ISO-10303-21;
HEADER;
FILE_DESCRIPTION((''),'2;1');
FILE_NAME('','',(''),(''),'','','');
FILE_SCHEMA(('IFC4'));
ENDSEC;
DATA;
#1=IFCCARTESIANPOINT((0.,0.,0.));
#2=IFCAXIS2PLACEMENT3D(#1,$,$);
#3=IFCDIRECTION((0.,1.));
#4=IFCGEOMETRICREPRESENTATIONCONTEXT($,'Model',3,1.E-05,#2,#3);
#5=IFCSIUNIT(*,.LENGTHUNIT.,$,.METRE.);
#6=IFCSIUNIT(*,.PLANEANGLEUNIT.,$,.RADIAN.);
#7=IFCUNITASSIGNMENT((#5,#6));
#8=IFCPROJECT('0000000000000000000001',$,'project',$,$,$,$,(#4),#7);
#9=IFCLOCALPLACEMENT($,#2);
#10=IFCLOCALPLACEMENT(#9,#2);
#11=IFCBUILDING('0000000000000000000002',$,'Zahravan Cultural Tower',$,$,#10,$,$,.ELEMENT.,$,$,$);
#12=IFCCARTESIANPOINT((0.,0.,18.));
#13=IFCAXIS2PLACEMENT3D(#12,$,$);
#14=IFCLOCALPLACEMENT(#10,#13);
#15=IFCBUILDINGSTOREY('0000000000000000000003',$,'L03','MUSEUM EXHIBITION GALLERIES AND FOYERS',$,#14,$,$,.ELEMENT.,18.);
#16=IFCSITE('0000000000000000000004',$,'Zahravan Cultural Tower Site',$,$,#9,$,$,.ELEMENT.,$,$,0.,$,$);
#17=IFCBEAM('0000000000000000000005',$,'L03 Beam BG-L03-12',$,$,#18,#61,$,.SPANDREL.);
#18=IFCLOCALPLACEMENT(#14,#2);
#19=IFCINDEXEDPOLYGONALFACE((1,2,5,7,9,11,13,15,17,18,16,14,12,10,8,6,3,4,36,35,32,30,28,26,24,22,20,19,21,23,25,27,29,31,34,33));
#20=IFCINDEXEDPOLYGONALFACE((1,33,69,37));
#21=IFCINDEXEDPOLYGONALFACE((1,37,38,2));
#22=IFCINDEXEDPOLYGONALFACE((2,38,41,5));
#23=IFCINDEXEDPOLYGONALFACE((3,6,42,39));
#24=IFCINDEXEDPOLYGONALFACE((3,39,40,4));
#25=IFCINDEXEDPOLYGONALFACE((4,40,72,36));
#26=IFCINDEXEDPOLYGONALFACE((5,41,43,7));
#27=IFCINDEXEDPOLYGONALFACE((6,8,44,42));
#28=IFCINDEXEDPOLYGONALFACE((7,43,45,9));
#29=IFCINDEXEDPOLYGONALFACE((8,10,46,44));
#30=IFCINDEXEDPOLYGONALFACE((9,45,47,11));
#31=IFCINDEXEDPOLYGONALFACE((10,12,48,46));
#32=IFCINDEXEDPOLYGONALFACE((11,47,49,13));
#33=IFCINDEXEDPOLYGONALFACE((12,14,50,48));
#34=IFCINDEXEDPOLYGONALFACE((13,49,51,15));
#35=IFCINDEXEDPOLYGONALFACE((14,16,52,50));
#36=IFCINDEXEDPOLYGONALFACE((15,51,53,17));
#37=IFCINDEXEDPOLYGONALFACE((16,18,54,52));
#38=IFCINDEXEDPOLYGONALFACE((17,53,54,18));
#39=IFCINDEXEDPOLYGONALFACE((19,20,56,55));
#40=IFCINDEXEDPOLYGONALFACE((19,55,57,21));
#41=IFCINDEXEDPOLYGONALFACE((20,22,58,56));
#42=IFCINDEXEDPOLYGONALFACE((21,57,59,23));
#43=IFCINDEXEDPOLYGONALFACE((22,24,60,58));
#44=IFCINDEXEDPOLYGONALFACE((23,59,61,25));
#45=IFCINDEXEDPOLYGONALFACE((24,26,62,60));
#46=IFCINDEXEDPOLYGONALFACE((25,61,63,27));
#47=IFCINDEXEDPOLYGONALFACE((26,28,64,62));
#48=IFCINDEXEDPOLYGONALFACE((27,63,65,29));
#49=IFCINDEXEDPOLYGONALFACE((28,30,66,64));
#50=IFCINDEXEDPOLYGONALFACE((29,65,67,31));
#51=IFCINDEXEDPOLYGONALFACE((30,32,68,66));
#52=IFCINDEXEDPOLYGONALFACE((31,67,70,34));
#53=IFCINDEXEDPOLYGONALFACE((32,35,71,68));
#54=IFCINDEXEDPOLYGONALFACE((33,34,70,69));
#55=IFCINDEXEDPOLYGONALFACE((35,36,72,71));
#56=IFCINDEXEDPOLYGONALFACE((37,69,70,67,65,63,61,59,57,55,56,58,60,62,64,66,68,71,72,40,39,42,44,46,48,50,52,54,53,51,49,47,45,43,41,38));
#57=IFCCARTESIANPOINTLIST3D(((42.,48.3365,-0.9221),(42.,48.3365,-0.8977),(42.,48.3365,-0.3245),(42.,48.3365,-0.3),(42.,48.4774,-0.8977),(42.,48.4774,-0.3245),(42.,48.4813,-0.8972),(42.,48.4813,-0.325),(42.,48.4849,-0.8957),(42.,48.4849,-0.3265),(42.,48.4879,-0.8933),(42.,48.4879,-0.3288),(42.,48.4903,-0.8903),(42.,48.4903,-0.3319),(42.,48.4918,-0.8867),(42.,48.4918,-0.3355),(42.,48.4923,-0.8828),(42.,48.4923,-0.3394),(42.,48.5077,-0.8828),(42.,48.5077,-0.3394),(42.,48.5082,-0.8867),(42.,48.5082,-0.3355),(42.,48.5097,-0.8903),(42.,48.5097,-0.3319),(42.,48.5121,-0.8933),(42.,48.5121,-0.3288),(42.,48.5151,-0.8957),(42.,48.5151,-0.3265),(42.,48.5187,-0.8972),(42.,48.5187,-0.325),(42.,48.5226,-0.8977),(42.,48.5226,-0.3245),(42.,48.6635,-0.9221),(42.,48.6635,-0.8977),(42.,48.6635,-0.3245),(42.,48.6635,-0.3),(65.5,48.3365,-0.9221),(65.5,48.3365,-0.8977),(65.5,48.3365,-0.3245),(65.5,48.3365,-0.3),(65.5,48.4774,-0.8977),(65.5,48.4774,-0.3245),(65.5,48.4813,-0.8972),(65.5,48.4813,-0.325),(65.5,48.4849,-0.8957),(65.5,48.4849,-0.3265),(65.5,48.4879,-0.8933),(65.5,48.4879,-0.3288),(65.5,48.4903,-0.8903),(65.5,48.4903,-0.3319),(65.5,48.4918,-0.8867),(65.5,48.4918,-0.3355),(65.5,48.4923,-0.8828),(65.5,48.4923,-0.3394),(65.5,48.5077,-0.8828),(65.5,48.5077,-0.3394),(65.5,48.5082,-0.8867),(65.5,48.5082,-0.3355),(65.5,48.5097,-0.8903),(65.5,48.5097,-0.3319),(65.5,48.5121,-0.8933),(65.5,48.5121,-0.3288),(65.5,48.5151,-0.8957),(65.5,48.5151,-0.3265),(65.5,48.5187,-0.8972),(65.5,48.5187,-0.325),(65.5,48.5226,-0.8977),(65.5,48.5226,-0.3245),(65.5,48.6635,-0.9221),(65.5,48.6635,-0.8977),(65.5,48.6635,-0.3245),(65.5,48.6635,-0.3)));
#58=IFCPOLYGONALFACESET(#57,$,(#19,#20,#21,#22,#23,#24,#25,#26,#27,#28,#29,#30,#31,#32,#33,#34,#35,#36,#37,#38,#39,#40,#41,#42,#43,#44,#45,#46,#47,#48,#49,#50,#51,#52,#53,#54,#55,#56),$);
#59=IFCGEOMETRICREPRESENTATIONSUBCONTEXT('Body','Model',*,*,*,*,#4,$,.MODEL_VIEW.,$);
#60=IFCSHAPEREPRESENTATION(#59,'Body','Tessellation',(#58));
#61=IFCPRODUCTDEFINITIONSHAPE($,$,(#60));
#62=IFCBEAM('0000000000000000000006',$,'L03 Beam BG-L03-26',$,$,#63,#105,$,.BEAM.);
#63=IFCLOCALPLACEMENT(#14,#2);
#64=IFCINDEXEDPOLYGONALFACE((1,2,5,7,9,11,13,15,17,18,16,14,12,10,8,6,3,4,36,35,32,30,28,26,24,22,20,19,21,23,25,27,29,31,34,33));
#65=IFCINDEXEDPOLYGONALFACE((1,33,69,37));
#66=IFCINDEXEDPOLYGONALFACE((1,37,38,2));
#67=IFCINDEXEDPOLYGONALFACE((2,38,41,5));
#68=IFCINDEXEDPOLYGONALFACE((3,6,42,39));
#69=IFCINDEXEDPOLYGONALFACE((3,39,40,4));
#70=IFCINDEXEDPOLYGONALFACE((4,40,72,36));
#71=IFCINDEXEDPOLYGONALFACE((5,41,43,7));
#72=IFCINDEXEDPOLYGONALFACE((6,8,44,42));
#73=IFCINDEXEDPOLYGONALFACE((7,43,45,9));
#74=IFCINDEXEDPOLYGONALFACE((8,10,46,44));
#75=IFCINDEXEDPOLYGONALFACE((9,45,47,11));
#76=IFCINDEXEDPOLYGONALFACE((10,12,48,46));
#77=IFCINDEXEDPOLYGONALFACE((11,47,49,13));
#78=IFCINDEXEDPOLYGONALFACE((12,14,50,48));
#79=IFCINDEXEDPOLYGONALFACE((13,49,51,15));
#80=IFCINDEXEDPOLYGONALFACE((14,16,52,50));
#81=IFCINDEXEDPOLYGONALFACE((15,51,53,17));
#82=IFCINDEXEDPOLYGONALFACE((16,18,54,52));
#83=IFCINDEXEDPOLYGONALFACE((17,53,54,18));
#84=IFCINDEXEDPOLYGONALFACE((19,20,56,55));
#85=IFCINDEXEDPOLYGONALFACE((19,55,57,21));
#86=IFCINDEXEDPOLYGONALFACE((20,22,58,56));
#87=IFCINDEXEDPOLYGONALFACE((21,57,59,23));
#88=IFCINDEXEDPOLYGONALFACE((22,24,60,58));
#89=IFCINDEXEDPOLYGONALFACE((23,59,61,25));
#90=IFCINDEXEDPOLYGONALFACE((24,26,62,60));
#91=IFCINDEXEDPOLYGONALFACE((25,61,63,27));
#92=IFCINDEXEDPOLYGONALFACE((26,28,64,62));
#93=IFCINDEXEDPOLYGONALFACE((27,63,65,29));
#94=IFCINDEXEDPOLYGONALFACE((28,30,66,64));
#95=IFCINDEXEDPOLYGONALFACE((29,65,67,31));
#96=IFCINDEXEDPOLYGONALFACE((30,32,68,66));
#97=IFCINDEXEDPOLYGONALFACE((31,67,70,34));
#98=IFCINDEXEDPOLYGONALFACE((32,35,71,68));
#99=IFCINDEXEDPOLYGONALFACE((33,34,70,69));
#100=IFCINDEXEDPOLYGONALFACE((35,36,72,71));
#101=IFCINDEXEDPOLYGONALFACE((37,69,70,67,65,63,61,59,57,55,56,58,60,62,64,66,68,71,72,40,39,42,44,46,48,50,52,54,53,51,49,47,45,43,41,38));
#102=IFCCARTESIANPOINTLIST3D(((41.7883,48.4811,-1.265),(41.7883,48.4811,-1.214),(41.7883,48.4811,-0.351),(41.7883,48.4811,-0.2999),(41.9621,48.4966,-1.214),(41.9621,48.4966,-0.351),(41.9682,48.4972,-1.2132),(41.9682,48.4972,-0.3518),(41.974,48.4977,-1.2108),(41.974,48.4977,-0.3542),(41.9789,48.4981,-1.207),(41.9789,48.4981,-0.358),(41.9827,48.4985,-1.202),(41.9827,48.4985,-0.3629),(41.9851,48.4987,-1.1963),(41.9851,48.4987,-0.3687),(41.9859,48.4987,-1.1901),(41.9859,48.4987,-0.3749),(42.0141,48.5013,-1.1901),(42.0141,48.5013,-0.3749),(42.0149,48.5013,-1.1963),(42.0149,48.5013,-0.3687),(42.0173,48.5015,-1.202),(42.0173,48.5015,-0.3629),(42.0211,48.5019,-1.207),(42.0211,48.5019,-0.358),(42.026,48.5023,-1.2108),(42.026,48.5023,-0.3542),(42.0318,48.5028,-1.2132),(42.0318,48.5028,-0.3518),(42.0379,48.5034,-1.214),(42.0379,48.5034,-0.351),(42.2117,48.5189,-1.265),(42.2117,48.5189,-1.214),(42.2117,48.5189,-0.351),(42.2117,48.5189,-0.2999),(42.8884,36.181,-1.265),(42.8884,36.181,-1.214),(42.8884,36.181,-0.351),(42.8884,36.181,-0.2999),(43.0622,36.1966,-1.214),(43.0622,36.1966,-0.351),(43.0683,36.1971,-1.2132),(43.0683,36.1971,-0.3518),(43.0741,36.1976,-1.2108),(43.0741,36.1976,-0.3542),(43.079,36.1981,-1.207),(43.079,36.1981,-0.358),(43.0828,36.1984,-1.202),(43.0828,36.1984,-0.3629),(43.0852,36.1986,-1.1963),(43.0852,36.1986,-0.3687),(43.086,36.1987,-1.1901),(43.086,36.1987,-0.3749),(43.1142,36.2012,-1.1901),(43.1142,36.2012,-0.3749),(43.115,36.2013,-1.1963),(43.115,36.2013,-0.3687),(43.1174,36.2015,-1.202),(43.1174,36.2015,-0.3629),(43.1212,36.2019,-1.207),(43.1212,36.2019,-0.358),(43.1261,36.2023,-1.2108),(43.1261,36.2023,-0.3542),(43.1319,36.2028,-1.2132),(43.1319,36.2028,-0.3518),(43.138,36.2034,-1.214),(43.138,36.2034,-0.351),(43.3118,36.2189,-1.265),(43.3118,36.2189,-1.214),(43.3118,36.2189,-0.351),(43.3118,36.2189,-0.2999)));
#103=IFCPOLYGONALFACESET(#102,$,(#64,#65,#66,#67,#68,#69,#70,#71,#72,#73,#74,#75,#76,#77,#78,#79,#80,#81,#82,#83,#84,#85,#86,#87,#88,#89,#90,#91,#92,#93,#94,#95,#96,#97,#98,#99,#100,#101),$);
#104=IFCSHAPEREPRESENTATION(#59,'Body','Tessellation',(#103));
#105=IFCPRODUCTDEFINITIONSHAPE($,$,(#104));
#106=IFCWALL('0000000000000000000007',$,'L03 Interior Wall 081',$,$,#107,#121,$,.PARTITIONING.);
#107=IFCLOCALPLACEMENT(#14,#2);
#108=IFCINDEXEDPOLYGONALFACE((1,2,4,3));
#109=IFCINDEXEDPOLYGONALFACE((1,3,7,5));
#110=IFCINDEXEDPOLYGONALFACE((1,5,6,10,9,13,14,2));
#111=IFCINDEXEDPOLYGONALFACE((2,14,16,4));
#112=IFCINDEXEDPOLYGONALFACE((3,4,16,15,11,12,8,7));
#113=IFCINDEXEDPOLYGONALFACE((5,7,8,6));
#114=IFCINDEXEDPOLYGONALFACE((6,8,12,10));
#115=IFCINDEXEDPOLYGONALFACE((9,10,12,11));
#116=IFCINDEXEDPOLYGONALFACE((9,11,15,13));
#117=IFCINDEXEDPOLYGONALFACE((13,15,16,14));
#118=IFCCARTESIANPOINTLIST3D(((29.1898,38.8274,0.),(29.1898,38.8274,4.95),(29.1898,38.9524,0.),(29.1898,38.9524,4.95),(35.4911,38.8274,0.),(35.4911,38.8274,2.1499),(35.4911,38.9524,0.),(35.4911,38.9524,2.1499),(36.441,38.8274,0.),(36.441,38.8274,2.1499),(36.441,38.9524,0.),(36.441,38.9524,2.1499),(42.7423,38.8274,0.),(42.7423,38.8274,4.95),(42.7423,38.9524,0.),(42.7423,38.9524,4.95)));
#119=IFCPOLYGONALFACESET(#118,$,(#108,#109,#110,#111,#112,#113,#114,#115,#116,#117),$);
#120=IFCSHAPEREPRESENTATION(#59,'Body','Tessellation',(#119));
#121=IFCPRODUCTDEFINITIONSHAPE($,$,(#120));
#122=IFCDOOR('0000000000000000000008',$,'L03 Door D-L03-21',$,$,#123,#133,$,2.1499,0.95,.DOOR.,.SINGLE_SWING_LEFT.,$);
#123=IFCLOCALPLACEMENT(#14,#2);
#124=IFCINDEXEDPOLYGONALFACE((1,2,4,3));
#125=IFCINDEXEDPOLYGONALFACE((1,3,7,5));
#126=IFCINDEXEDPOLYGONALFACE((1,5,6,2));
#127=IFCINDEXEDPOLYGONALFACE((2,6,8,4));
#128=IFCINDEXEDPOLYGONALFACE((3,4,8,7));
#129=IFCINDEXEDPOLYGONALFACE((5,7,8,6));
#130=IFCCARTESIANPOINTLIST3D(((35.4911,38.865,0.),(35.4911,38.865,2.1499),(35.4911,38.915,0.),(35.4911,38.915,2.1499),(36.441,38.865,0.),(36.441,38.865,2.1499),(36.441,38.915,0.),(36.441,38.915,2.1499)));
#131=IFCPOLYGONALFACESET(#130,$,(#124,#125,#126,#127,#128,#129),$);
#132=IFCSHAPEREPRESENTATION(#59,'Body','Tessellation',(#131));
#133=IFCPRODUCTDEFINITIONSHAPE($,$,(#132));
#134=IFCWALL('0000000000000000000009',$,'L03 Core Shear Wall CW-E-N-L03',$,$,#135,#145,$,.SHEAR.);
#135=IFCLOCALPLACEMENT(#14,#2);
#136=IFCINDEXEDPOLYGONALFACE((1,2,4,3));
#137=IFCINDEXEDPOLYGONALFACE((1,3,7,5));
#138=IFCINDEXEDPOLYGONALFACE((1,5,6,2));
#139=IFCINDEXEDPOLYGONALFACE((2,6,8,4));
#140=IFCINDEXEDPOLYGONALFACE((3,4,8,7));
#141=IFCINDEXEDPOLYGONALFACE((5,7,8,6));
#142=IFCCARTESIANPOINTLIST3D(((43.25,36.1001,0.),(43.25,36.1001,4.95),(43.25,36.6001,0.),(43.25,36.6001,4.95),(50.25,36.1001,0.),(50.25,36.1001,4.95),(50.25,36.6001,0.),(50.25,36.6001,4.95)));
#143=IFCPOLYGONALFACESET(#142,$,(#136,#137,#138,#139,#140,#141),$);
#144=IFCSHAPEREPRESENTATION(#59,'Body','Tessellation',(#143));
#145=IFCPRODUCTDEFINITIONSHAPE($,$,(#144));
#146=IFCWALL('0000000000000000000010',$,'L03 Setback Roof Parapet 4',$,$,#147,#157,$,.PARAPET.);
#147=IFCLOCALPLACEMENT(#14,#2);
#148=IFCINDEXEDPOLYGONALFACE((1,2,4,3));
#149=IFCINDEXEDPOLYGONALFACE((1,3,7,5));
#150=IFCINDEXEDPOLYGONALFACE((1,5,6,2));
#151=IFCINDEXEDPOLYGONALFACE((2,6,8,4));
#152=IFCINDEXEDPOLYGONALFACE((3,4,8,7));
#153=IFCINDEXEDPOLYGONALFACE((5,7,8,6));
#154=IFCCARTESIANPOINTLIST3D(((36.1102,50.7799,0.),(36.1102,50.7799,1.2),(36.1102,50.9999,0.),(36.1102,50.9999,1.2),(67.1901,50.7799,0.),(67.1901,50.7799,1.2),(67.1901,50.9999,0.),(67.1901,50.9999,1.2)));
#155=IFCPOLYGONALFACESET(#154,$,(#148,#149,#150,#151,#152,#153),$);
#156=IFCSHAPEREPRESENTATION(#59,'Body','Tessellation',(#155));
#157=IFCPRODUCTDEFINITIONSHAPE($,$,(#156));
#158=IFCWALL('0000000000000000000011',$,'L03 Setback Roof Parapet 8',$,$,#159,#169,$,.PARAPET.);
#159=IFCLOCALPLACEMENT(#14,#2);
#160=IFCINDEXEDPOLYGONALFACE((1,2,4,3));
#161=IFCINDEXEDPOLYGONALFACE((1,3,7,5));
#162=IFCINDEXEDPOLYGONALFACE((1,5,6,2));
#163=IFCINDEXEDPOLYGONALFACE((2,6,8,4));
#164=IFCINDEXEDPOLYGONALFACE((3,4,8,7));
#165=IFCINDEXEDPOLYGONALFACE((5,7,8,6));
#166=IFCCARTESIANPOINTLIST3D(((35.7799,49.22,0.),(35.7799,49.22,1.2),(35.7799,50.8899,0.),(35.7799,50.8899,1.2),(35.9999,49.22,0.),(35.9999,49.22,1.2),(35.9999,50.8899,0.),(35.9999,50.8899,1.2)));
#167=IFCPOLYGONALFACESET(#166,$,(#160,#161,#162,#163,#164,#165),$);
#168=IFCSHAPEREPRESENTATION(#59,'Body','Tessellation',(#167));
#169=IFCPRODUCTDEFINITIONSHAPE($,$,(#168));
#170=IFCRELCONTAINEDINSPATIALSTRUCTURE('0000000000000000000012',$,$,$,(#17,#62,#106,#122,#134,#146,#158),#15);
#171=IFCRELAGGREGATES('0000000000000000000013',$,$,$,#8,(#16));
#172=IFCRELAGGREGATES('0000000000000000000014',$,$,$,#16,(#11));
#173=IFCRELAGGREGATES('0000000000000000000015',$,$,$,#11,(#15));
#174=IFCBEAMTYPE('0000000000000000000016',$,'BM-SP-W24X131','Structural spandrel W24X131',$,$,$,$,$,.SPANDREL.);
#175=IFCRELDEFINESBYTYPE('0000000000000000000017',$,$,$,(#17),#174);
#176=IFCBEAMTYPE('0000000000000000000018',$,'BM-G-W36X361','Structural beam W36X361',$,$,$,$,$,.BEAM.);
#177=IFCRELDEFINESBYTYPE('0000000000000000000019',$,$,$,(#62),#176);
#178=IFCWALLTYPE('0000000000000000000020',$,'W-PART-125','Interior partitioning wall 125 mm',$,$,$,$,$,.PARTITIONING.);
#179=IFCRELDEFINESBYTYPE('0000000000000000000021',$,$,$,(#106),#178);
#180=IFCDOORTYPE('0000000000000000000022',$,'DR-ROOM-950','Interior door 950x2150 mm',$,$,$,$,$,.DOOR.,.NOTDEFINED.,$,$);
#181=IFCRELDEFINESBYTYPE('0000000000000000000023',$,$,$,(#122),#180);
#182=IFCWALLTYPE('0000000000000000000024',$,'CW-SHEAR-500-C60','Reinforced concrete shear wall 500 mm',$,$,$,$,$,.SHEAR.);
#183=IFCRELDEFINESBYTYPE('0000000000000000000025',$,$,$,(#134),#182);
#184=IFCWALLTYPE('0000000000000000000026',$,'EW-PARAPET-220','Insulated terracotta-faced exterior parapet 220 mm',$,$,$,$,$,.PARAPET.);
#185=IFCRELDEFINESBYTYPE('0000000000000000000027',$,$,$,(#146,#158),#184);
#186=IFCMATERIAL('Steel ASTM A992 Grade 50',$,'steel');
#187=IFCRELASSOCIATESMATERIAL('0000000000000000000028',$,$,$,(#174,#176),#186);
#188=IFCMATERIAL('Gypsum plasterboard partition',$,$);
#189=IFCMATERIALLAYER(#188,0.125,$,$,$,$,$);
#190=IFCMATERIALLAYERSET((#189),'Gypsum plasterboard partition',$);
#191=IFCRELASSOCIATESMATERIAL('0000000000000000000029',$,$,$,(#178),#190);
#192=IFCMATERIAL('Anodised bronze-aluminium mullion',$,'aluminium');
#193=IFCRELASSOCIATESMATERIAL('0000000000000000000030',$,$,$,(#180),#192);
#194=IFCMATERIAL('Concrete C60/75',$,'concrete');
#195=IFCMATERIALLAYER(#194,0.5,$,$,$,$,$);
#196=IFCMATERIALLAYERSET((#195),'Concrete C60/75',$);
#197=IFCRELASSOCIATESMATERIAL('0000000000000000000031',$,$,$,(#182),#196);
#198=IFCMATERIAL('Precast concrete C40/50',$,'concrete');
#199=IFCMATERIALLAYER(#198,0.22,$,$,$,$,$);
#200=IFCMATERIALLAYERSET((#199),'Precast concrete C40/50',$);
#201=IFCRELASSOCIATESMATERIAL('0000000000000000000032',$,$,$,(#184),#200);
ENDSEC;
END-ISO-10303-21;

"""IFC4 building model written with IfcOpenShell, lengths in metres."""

from ifc_helpers import new_model, si_unit, direction, frame, frame_2d, origin, origin_2d, place, context, subcontext, project, spatial, rectangle, i_section, extrude, source, transform, mapped, material, layer, layer_set, material_profile, profile_set, type_object, element, fill, save


model = new_model("IFC4")

# Units and contexts
model_context = context("Model", 3, precision=1e-05, world=origin(), true_north=direction((0.0, 1.0)))
body_context = subcontext(model_context, "Body", "Model", "MODEL_VIEW")
ifc_project = project(units=[si_unit("LENGTHUNIT", "METRE"), si_unit("PLANEANGLEUNIT", "RADIAN")], contexts=[model_context])

# Site, building, storey
site_placement = place(None, origin())
site = spatial("IfcSite", under=ifc_project, at=site_placement, Name="Zahravan Cultural Tower Site", CompositionType="ELEMENT", RefElevation=0.0)
building_placement = place(site_placement, origin())
building = spatial("IfcBuilding", under=site, at=building_placement, Name="Zahravan Cultural Tower", CompositionType="ELEMENT")
storey_placement = place(building_placement, frame((0.0, 0.0, 18.0)))
storey = spatial("IfcBuildingStorey", under=building, at=storey_placement, Name="L03", Description="MUSEUM EXHIBITION GALLERIES AND FOYERS", CompositionType="ELEMENT", Elevation=18.0)

# Shared definitions
ifc_material_1 = material(Name="Concrete C60/75", Category="concrete")

# Beams
ifc_material_2 = material(Name="Steel ASTM A992 Grade 50", Category="steel")
ifc_material_profile_1 = material_profile(ifc_material_2, i_section(OverallWidth=0.3269, OverallDepth=0.6221, WebThickness=0.0154, FlangeThickness=0.0244, FilletRadius=0.0149, at=origin_2d()), Name="W24X131")
ifc_profile_set_1 = profile_set([ifc_material_profile_1], Name="Steel ASTM A992 Grade 50")
beam_type_1 = type_object("IfcBeamType", Name="BM-SP-W24X131", Description="Structural spandrel W24X131", PredefinedType="SPANDREL", material=ifc_profile_set_1)
shared_shape_1 = source(origin(), body_context, "Body", "SweptSolid", [
    extrude(i_section(OverallWidth=0.3269, OverallDepth=0.6221, WebThickness=0.0154, FlangeThickness=0.0244, FilletRadius=0.0149, at=origin_2d()), origin(), (0.0, 0.0, 1.0), 23.5),
])
beam_1_placement = place(storey_placement, frame((42.0, 48.5, -0.6111), z_axis=(1.0, 0.0, 0.0), x_axis=(0.0, 1.0, 0.0)))
element("IfcBeam", 1, at=beam_1_placement, inside=storey, type_object=beam_type_1, Name="L03 Beam BG-L03-12", PredefinedType="SPANDREL", context=body_context, shape_type="MappedRepresentation", body=[
    mapped(shared_shape_1, transform((0.0, 0.0, 0.0), x_axis=(1.0, 0.0, 0.0), y_axis=(0.0, 1.0, 0.0), z_axis=(0.0, 0.0, 1.0), scale=1.0)),
])
ifc_material_profile_2 = material_profile(ifc_material_2, i_section(OverallWidth=0.425, OverallDepth=0.9651, WebThickness=0.0283, FlangeThickness=0.051, FilletRadius=0.0239, at=origin_2d()), Name="W36X361")
ifc_profile_set_2 = profile_set([ifc_material_profile_2], Name="Steel ASTM A992 Grade 50")
beam_type_2 = type_object("IfcBeamType", Name="BM-G-W36X361", Description="Structural beam W36X361", PredefinedType="BEAM", material=ifc_profile_set_2)
shared_shape_2 = source(origin(), body_context, "Body", "SweptSolid", [
    extrude(i_section(OverallWidth=0.425, OverallDepth=0.9651, WebThickness=0.0283, FlangeThickness=0.051, FilletRadius=0.0239, at=origin_2d()), origin(), (0.0, 0.0, 1.0), 12.3491),
])
beam_2_placement = place(storey_placement, frame((42.0, 48.5, -0.7825), z_axis=(0.089083, -0.996024, 0.0), x_axis=(0.996024, 0.089083, 0.0)))
element("IfcBeam", 2, at=beam_2_placement, inside=storey, type_object=beam_type_2, Name="L03 Beam BG-L03-26", PredefinedType="BEAM", context=body_context, shape_type="MappedRepresentation", body=[
    mapped(shared_shape_2, transform((0.0, 0.0, 0.0), x_axis=(1.0, 0.0, 0.0), y_axis=(0.0, 1.0, 0.0), z_axis=(0.0, 0.0, 1.0), scale=1.0)),
])

# Wall, opening, door
ifc_material_3 = material(Name="Gypsum plasterboard partition")
ifc_layer_1 = layer(ifc_material_3, 0.125)
ifc_layer_set_1 = layer_set([ifc_layer_1], Name="Gypsum plasterboard partition")
wall_type_1 = type_object("IfcWallType", Name="W-PART-125", Description="Interior partitioning wall 125 mm", PredefinedType="PARTITIONING", material=ifc_layer_set_1)
wall_1_placement = place(storey_placement, frame((42.7424, 38.8899, 0.0), z_axis=(0.0, 0.0, 1.0), x_axis=(-1.0, 0.0, 0.0)))
wall_1 = element("IfcWall", 3, at=wall_1_placement, inside=storey, type_object=wall_type_1, Name="L03 Interior Wall 081", PredefinedType="PARTITIONING", context=body_context, shape_type="SweptSolid", body=[
    extrude(rectangle(XDim=13.5525, YDim=0.125, at=frame_2d((6.7764, 0.0))), origin(), (0.0, 0.0, 1.0), 4.95),
])
opening_1_placement = place(wall_1_placement, frame((6.3013, 0.0, 0.0)))
opening_1 = element("IfcOpeningElement", 4, at=opening_1_placement, cuts=wall_1, PredefinedType="OPENING", context=body_context, shape_type="SweptSolid", body=[
    extrude(rectangle(XDim=0.95, YDim=2.1499, at=frame_2d((0.4751, 1.075))), frame((0.0, 0.0725, 0.0), z_axis=(0.0, -1.0, 0.0), x_axis=(1.0, 0.0, 0.0)), (0.0, 0.0, 1.0), 0.145),
])
ifc_material_4 = material(Name="Anodised bronze-aluminium mullion", Category="aluminium")
door_type_1 = type_object("IfcDoorType", Name="DR-ROOM-950", Description="Interior door 950x2150 mm", OperationType="NOTDEFINED", PredefinedType="DOOR", material=ifc_material_4)
shared_shape_3 = source(origin(), body_context, "Body", "SweptSolid", [
    extrude(rectangle(XDim=0.95, YDim=2.1499, at=frame_2d((0.4751, 1.075))), frame((0.0, 0.0249, 0.0), z_axis=(0.0, -1.0, 0.0), x_axis=(1.0, 0.0, 0.0)), (0.0, 0.0, 1.0), 0.05),
])
door_1_placement = place(opening_1_placement, origin())
door_1 = element("IfcDoor", 5, at=door_1_placement, inside=storey, type_object=door_type_1, Name="L03 Door D-L03-21", OperationType="SINGLE_SWING_LEFT", OverallHeight=2.1499, OverallWidth=0.95, PredefinedType="DOOR", context=body_context, shape_type="MappedRepresentation", body=[
    mapped(shared_shape_3, transform((0.0, 0.0, 0.0), x_axis=(1.0, 0.0, 0.0), y_axis=(0.0, 1.0, 0.0), z_axis=(0.0, 0.0, 1.0), scale=1.0)),
])
fill(opening_1, door_1)

# Walls
ifc_layer_2 = layer(ifc_material_1, 0.5)
ifc_layer_set_2 = layer_set([ifc_layer_2], Name="Concrete C60/75")
wall_type_2 = type_object("IfcWallType", Name="CW-SHEAR-500-C60", Description="Reinforced concrete shear wall 500 mm", PredefinedType="SHEAR", material=ifc_layer_set_2)
shared_shape_4 = source(origin(), body_context, "Body", "SweptSolid", [
    extrude(rectangle(XDim=7.0, YDim=0.5, at=frame_2d((3.5, 0.0))), origin(), (0.0, 0.0, 1.0), 4.95),
])
wall_2_placement = place(storey_placement, frame((43.25, 36.3501, 0.0), z_axis=(0.0, 0.0, 1.0), x_axis=(1.0, 0.0, 0.0)))
element("IfcWall", 6, at=wall_2_placement, inside=storey, type_object=wall_type_2, Name="L03 Core Shear Wall CW-E-N-L03", PredefinedType="SHEAR", context=body_context, shape_type="MappedRepresentation", body=[
    mapped(shared_shape_4, transform((0.0, 0.0, 0.0), x_axis=(1.0, 0.0, 0.0), y_axis=(0.0, 1.0, 0.0), z_axis=(0.0, 0.0, 1.0), scale=1.0)),
])
ifc_material_5 = material(Name="Precast concrete C40/50", Category="concrete")
ifc_layer_3 = layer(ifc_material_5, 0.22)
ifc_layer_set_3 = layer_set([ifc_layer_3], Name="Precast concrete C40/50")
wall_type_3 = type_object("IfcWallType", Name="EW-PARAPET-220", Description="Insulated terracotta-faced exterior parapet 220 mm", PredefinedType="PARAPET", material=ifc_layer_set_3)
shared_shape_5 = source(origin(), body_context, "Body", "SweptSolid", [
    extrude(rectangle(XDim=31.0798, YDim=0.22, at=frame_2d((15.54, 0.0))), origin(), (0.0, 0.0, 1.0), 1.2),
])
wall_3_placement = place(storey_placement, frame((36.1101, 50.8899, 0.0), z_axis=(0.0, 0.0, 1.0), x_axis=(1.0, 0.0, 0.0)))
element("IfcWall", 7, at=wall_3_placement, inside=storey, type_object=wall_type_3, Name="L03 Setback Roof Parapet 4", PredefinedType="PARAPET", context=body_context, shape_type="MappedRepresentation", body=[
    mapped(shared_shape_5, transform((0.0, 0.0, 0.0), x_axis=(1.0, 0.0, 0.0), y_axis=(0.0, 1.0, 0.0), z_axis=(0.0, 0.0, 1.0), scale=1.0)),
])
shared_shape_6 = source(origin(), body_context, "Body", "SweptSolid", [
    extrude(rectangle(XDim=1.6699, YDim=0.22, at=frame_2d((0.835, 0.0))), origin(), (0.0, 0.0, 1.0), 1.2),
])
for number, where, z_axis, x_axis, name in (
    (8, (35.8899, 50.8899, 0.0), (0.0, 0.0, 1.0), (0.0, -1.0, 0.0), "L03 Setback Roof Parapet 8"),
):
    element("IfcWall", number, at=place(storey_placement, frame(where, z_axis=z_axis, x_axis=x_axis)), inside=storey, type_object=wall_type_3, Name=name, PredefinedType="PARAPET", context=body_context, shape_type="MappedRepresentation", body=[
        mapped(shared_shape_6, transform((0.0, 0.0, 0.0), x_axis=(1.0, 0.0, 0.0), y_axis=(0.0, 1.0, 0.0), z_axis=(0.0, 0.0, 1.0), scale=1.0)),
    ])

save(model, "model.ifc")
